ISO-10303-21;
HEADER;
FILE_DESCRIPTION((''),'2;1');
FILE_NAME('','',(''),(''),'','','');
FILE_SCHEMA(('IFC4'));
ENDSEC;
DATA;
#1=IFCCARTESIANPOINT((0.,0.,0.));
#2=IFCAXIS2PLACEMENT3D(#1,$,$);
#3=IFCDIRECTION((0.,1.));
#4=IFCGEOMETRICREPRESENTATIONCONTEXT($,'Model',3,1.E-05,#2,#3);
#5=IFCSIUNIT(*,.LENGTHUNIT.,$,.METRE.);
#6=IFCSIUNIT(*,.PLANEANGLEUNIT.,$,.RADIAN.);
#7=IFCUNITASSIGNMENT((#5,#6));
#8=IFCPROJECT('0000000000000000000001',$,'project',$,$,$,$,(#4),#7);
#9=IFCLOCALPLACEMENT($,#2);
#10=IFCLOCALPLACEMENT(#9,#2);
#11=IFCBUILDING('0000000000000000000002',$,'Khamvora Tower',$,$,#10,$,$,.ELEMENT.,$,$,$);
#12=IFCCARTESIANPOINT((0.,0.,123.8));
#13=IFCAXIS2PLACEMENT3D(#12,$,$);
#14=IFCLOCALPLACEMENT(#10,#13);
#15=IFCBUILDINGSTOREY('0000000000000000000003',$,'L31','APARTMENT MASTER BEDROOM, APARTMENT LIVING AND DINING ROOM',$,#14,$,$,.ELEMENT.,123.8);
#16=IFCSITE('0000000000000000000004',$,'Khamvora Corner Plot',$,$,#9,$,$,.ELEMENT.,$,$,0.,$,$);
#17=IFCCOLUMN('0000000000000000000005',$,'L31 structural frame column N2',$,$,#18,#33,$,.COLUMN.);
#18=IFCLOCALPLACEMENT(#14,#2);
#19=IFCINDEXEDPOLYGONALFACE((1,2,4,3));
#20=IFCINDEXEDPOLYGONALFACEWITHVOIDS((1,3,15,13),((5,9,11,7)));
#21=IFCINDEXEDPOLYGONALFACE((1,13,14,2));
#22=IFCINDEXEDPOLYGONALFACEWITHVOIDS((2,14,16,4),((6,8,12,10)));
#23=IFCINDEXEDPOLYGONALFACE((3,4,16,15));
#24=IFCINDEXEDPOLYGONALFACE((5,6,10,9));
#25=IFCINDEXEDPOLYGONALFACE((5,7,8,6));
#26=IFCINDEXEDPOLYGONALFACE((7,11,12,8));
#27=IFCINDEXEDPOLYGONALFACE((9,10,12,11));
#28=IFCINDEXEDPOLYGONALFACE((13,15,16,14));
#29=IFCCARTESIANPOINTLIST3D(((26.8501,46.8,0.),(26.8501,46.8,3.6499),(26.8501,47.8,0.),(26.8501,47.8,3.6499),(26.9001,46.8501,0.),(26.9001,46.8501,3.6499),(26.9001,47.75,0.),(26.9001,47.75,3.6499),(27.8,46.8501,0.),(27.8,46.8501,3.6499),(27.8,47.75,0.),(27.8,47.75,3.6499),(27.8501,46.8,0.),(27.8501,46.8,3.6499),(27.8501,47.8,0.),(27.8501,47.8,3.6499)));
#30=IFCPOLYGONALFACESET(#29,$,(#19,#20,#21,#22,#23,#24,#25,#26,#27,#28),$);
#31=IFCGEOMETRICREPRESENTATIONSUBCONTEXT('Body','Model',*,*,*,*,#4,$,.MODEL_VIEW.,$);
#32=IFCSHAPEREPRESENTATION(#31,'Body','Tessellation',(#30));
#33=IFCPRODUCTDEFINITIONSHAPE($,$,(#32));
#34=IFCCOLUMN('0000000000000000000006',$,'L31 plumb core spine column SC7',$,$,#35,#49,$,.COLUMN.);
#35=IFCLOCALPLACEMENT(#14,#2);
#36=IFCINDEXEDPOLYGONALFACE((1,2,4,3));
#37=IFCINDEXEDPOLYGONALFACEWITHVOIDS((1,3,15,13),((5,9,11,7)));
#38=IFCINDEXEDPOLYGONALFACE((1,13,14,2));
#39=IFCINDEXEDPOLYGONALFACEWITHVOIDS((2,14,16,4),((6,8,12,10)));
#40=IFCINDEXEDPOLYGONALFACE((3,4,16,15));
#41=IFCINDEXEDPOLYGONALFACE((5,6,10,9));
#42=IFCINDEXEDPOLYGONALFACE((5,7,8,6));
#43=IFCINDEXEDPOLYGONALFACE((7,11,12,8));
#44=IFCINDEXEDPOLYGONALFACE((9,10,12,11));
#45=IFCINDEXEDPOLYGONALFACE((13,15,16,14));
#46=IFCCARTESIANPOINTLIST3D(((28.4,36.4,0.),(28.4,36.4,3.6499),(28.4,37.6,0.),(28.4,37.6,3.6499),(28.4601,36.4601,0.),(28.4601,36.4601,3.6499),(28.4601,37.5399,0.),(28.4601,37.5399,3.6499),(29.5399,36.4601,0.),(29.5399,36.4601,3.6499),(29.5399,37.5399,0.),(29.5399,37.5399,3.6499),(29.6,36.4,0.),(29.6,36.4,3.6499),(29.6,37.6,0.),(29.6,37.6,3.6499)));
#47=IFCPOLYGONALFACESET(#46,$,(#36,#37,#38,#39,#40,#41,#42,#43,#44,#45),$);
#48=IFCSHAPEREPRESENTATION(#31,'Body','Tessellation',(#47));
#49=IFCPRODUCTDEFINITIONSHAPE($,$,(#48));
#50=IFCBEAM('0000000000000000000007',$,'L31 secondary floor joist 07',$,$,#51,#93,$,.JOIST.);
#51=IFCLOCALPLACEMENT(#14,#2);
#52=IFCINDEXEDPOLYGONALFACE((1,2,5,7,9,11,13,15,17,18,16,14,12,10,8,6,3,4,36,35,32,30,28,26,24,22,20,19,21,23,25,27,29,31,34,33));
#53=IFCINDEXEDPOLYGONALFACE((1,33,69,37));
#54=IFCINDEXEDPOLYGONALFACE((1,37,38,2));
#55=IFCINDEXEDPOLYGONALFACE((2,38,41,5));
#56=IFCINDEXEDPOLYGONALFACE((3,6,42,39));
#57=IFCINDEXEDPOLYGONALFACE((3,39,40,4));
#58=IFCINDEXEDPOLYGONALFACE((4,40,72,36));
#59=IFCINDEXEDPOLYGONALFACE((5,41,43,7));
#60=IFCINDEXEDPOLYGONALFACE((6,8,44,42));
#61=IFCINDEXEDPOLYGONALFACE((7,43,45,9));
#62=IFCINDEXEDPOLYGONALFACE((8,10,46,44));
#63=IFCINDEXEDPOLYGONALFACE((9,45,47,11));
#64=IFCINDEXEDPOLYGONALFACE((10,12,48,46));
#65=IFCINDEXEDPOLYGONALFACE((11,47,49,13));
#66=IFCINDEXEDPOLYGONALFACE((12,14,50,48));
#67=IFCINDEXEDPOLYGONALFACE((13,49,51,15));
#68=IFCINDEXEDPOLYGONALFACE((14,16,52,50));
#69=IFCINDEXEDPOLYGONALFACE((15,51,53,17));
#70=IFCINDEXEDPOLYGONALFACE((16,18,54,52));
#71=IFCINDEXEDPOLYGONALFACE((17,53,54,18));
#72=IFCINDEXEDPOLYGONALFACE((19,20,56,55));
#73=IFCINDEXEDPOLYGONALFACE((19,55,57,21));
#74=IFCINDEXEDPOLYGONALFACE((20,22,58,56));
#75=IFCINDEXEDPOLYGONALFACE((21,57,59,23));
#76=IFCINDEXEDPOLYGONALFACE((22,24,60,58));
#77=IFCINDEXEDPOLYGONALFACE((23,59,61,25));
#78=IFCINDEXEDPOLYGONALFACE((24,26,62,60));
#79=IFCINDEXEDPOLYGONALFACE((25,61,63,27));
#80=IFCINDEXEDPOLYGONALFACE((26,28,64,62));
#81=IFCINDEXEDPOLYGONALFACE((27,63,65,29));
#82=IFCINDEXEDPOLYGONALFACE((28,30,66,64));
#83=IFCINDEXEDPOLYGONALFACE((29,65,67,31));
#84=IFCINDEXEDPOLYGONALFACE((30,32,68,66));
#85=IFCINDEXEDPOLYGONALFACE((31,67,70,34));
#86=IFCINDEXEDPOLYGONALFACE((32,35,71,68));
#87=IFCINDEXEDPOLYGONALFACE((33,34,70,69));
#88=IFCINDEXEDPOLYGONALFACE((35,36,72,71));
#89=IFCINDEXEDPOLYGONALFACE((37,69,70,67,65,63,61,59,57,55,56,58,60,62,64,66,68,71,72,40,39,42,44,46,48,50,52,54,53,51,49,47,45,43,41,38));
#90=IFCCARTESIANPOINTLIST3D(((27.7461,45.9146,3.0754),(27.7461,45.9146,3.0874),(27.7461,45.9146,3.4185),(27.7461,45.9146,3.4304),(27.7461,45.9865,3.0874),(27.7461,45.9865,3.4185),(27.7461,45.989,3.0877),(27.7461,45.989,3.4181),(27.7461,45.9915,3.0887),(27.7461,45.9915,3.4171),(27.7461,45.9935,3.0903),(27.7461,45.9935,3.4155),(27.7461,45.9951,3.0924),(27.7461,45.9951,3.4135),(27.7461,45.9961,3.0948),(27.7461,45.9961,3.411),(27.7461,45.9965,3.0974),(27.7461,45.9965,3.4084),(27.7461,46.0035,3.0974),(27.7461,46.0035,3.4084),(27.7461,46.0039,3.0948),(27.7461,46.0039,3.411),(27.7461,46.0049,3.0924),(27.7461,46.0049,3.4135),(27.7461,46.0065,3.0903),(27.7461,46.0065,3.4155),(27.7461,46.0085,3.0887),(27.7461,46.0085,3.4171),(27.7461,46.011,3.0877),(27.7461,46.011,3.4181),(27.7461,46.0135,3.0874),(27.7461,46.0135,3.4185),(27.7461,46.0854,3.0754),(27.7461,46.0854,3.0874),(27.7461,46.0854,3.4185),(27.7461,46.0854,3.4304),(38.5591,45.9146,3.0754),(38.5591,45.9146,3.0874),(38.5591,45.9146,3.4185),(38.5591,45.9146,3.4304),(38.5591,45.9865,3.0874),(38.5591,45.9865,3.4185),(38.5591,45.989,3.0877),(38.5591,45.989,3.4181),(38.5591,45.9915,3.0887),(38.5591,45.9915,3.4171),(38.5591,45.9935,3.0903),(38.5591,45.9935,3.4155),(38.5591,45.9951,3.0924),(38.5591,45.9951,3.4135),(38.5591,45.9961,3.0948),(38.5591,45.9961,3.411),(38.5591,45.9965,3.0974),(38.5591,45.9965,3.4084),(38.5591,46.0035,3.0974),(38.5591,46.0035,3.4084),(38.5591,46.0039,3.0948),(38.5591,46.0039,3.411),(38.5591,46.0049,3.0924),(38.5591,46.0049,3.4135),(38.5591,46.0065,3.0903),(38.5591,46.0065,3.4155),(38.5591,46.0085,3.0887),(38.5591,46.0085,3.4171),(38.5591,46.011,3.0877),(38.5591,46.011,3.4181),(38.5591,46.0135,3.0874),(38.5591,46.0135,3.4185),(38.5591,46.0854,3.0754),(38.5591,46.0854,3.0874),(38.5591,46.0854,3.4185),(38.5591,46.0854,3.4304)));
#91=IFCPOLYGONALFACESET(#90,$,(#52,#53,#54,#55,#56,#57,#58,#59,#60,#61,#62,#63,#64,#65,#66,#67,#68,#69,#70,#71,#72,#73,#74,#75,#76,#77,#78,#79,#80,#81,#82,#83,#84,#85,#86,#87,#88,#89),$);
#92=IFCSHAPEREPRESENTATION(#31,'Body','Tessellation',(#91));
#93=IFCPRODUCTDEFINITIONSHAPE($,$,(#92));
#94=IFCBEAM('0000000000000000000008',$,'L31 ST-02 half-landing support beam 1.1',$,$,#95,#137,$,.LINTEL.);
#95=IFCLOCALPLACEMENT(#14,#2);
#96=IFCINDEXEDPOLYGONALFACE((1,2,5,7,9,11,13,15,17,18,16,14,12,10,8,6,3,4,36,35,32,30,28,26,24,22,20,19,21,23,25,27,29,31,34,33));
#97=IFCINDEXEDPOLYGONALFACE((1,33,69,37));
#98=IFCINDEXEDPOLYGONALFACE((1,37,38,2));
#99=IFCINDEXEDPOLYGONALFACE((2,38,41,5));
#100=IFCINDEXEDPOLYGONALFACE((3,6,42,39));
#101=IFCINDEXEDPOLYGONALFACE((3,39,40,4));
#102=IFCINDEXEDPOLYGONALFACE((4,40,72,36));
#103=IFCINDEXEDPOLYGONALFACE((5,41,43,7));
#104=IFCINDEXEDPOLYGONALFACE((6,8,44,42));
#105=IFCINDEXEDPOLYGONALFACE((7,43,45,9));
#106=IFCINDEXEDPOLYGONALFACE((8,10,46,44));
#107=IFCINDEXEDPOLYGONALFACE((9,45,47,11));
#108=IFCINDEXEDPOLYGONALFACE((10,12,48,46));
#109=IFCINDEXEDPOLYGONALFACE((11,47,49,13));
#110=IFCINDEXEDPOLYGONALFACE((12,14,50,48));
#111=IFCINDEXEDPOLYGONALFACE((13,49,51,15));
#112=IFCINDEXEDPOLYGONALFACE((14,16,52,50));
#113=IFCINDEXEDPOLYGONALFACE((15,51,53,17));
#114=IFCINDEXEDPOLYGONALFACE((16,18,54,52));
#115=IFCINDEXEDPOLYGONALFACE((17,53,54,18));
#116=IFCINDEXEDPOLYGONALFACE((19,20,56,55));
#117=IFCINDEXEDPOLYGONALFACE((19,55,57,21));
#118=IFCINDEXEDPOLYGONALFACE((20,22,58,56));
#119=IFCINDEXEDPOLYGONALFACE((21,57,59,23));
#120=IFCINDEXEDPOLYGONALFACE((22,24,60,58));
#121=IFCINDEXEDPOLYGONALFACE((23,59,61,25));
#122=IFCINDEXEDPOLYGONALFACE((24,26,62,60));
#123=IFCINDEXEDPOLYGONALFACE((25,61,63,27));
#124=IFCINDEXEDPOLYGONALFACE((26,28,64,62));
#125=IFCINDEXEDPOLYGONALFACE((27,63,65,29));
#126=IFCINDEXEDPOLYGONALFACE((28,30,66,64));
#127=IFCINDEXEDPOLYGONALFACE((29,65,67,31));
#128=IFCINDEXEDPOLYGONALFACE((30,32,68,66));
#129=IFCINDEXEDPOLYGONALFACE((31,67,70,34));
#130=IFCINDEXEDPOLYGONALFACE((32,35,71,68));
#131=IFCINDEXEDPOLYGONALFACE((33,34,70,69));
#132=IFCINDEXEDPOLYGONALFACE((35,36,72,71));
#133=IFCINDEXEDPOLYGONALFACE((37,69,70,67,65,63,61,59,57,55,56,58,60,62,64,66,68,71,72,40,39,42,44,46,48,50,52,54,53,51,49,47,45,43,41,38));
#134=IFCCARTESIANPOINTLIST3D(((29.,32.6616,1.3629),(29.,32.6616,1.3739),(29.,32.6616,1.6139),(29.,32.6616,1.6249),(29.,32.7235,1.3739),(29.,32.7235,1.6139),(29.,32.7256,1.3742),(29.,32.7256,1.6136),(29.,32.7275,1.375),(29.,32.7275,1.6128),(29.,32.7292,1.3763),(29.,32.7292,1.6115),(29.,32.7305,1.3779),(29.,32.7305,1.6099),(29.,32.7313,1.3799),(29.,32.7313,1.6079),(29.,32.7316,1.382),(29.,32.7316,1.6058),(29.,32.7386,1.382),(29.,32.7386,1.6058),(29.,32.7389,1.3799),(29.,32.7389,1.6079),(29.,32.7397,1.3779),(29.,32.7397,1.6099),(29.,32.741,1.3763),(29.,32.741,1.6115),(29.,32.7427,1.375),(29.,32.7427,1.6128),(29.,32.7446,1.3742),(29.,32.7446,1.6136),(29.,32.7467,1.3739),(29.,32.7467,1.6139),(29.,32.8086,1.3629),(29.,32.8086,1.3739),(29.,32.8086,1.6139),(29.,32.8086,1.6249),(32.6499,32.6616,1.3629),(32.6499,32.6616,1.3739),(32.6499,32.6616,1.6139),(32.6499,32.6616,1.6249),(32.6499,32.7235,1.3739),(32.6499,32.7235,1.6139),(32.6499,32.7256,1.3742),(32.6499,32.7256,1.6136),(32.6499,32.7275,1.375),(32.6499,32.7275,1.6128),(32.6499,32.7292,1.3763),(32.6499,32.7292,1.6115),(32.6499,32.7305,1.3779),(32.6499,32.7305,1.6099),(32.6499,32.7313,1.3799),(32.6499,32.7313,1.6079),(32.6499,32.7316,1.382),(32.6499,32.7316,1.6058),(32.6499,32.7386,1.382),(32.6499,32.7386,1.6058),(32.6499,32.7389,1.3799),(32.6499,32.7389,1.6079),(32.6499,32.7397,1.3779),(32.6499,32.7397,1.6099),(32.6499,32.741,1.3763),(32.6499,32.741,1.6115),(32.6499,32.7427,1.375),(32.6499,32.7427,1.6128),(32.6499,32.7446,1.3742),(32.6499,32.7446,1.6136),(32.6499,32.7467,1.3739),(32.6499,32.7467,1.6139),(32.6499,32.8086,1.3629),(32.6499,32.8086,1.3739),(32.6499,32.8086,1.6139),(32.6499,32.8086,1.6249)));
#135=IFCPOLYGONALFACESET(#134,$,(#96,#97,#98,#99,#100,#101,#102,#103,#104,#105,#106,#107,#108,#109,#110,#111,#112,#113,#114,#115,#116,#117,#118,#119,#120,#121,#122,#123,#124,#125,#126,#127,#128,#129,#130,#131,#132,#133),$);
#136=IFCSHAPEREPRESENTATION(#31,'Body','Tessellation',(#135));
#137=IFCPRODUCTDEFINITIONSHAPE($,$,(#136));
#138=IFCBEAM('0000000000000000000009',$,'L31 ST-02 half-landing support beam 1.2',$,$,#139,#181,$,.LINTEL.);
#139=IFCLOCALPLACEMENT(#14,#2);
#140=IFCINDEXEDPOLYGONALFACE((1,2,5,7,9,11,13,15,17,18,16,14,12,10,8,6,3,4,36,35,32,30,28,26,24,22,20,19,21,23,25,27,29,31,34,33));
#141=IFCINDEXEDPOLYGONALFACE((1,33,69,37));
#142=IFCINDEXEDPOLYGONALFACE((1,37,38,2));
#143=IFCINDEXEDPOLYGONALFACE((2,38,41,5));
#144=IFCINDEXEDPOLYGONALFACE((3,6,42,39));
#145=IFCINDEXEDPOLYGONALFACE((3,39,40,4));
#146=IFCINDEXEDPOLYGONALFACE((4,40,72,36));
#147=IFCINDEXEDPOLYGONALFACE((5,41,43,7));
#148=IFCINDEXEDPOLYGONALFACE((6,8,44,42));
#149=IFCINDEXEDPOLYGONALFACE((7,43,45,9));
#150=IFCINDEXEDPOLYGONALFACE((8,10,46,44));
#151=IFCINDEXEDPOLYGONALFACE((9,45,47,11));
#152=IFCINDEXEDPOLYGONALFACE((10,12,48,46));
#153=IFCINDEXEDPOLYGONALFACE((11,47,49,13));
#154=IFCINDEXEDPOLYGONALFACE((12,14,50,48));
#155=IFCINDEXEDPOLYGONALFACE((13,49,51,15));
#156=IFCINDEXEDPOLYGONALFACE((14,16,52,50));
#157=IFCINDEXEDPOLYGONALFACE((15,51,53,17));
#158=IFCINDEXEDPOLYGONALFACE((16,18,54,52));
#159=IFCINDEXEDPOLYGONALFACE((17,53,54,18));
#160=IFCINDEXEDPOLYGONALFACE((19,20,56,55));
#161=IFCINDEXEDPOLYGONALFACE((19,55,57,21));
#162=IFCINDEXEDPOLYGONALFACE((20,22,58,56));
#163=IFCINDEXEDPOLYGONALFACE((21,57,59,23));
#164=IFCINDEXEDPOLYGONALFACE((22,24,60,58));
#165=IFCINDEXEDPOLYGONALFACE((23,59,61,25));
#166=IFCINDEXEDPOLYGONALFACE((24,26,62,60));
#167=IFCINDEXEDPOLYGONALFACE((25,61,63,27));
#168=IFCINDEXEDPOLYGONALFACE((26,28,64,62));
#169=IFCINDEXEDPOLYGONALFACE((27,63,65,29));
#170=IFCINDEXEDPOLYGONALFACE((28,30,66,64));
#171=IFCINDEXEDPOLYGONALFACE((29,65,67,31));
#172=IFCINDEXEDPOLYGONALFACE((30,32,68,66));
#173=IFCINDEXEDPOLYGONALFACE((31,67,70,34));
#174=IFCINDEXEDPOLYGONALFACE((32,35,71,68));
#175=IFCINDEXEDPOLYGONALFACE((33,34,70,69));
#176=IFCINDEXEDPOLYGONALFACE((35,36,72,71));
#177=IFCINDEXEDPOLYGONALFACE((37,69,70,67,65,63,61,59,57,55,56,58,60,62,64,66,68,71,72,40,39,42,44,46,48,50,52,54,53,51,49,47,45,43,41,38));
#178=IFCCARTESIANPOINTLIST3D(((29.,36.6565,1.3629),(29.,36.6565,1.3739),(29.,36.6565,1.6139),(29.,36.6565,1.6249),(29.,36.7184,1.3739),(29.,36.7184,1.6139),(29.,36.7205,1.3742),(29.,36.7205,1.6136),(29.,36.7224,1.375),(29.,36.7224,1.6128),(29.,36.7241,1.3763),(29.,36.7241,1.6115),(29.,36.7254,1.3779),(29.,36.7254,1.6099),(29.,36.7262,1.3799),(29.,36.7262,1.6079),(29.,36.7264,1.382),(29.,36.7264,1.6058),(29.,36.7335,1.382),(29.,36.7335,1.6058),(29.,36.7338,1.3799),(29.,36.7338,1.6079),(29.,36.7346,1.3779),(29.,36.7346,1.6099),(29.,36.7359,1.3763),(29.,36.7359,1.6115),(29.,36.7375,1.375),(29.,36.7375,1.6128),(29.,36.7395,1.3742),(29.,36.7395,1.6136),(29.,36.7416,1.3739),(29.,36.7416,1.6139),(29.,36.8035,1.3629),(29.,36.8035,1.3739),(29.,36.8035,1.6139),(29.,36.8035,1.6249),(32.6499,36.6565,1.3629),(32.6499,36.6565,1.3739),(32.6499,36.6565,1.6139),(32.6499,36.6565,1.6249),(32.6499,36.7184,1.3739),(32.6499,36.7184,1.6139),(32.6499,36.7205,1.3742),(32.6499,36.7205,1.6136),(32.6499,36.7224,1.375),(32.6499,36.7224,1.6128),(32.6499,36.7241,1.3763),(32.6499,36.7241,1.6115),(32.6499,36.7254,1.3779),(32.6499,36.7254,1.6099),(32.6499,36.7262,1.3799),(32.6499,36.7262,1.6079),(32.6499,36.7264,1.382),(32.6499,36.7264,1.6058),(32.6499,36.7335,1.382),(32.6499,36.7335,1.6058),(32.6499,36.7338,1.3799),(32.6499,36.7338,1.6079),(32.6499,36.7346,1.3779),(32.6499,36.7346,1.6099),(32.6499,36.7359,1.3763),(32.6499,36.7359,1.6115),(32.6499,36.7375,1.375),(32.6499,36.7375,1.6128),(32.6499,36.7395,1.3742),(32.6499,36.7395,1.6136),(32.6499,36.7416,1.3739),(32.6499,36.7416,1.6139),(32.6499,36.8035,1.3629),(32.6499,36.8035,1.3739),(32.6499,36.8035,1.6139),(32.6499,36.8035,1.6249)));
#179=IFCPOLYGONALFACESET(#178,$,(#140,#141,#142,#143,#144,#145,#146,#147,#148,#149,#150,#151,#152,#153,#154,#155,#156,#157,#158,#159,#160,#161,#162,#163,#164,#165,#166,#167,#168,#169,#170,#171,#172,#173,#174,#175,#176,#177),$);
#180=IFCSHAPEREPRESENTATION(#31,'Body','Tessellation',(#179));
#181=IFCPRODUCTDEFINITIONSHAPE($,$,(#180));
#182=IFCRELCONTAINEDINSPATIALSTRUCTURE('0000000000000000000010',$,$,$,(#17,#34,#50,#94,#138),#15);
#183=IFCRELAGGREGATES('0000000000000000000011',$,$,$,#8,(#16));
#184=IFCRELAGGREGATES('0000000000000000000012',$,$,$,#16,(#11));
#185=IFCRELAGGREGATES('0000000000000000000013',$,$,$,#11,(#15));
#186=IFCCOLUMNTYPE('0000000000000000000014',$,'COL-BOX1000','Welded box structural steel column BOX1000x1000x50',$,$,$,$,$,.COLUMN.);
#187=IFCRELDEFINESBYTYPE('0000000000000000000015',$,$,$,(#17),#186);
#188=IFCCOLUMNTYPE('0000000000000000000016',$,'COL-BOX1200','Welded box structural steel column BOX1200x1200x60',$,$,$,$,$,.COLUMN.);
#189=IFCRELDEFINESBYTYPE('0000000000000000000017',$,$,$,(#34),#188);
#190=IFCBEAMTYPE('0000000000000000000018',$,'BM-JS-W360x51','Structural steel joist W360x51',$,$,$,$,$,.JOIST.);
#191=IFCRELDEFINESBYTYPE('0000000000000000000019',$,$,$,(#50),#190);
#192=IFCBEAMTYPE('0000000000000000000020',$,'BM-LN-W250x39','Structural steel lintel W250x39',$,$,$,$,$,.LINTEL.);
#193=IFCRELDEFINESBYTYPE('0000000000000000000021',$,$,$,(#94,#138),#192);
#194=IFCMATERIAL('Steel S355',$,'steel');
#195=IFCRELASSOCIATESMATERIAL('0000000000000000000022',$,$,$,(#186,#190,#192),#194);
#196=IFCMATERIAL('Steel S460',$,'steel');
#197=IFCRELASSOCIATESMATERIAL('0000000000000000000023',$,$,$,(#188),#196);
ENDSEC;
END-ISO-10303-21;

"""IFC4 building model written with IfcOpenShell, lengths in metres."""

from ifc_helpers import new_model, si_unit, direction, frame, origin, origin_2d, place, context, subcontext, project, spatial, hollow_rectangle, i_section, extrude, material, material_profile, profile_set, type_object, element, save


model = new_model("IFC4")

# Units and contexts
model_context = context("Model", 3, precision=1e-05, world=origin(), true_north=direction((0.0, 1.0)))
body_context = subcontext(model_context, "Body", "Model", "MODEL_VIEW")
ifc_project = project(units=[si_unit("LENGTHUNIT", "METRE"), si_unit("PLANEANGLEUNIT", "RADIAN")], contexts=[model_context])

# Site, building, storey
site_placement = place(None, origin())
site = spatial("IfcSite", under=ifc_project, at=site_placement, Name="Khamvora Corner Plot", CompositionType="ELEMENT", RefElevation=0.0)
building_placement = place(site_placement, origin())
building = spatial("IfcBuilding", under=site, at=building_placement, Name="Khamvora Tower", CompositionType="ELEMENT")
storey_placement = place(building_placement, frame((0.0, 0.0, 123.8)))
storey = spatial("IfcBuildingStorey", under=building, at=storey_placement, Name="L31", Description="APARTMENT MASTER BEDROOM, APARTMENT LIVING AND DINING ROOM", CompositionType="ELEMENT", Elevation=123.8)

# Columns
ifc_material_1 = material(Name="Steel S355", Category="steel")
ifc_material_profile_1 = material_profile(ifc_material_1, hollow_rectangle(XDim=1.0, YDim=1.0, WallThickness=0.05, at=origin_2d()), Name="BOX1000x1000x50")
ifc_profile_set_1 = profile_set([ifc_material_profile_1], Name="Steel S355")
column_type_1 = type_object("IfcColumnType", Name="COL-BOX1000", Description="Welded box structural steel column BOX1000x1000x50", PredefinedType="COLUMN", material=ifc_profile_set_1)
column_1_placement = place(storey_placement, frame((27.3501, 47.3, 0.0), z_axis=(0.0, 0.0, 1.0), x_axis=(1.0, 0.0, 0.0)))
element("IfcColumn", 1, at=column_1_placement, inside=storey, type_object=column_type_1, Name="L31 structural frame column N2", PredefinedType="COLUMN", context=body_context, shape_type="SweptSolid", body=[
    extrude(hollow_rectangle(XDim=1.0, YDim=1.0, WallThickness=0.05, at=origin_2d()), origin(), (0.0, 0.0, 1.0), 3.6499),
])
ifc_material_2 = material(Name="Steel S460", Category="steel")
ifc_material_profile_2 = material_profile(ifc_material_2, hollow_rectangle(XDim=1.2, YDim=1.2, WallThickness=0.0601, at=origin_2d()), Name="BOX1200x1200x60")
ifc_profile_set_2 = profile_set([ifc_material_profile_2], Name="Steel S460")
column_type_2 = type_object("IfcColumnType", Name="COL-BOX1200", Description="Welded box structural steel column BOX1200x1200x60", PredefinedType="COLUMN", material=ifc_profile_set_2)
column_2_placement = place(storey_placement, frame((29.0, 37.0, 0.0), z_axis=(0.0, 0.0, 1.0), x_axis=(1.0, 0.0, 0.0)))
element("IfcColumn", 2, at=column_2_placement, inside=storey, type_object=column_type_2, Name="L31 plumb core spine column SC7", PredefinedType="COLUMN", context=body_context, shape_type="SweptSolid", body=[
    extrude(hollow_rectangle(XDim=1.2, YDim=1.2, WallThickness=0.0601, at=origin_2d()), origin(), (0.0, 0.0, 1.0), 3.6499),
])

# Beams
ifc_material_profile_3 = material_profile(ifc_material_1, i_section(OverallWidth=0.1709, OverallDepth=0.355, WebThickness=0.0071, FlangeThickness=0.012, FilletRadius=0.01, at=origin_2d()), Name="W360x51")
ifc_profile_set_3 = profile_set([ifc_material_profile_3], Name="Steel S355")
beam_type_1 = type_object("IfcBeamType", Name="BM-JS-W360x51", Description="Structural steel joist W360x51", PredefinedType="JOIST", material=ifc_profile_set_3)
beam_1_placement = place(storey_placement, frame((27.7461, 46.0, 3.2529), z_axis=(1.0, 0.0, 0.0), x_axis=(0.0, 1.0, 0.0)))
element("IfcBeam", 3, at=beam_1_placement, inside=storey, type_object=beam_type_1, Name="L31 secondary floor joist 07", PredefinedType="JOIST", context=body_context, shape_type="SweptSolid", body=[
    extrude(i_section(OverallWidth=0.1709, OverallDepth=0.355, WebThickness=0.0071, FlangeThickness=0.012, FilletRadius=0.01, at=origin_2d()), origin(), (0.0, 0.0, 1.0), 10.813),
])
ifc_material_profile_4 = material_profile(ifc_material_1, i_section(OverallWidth=0.147, OverallDepth=0.262, WebThickness=0.0071, FlangeThickness=0.011, FilletRadius=0.0081, at=origin_2d()), Name="W250x39")
ifc_profile_set_4 = profile_set([ifc_material_profile_4], Name="Steel S355")
beam_type_2 = type_object("IfcBeamType", Name="BM-LN-W250x39", Description="Structural steel lintel W250x39", PredefinedType="LINTEL", material=ifc_profile_set_4)
for number, where, z_axis, x_axis, name in (
    (4, (29.0, 32.7351, 1.4939), (1.0, 0.0, 0.0), (0.0, 1.0, 0.0), "L31 ST-02 half-landing support beam 1.1"),
    (5, (29.0, 36.73, 1.4939), (1.0, 0.0, 0.0), (0.0, 1.0, 0.0), "L31 ST-02 half-landing support beam 1.2"),
):
    element("IfcBeam", number, at=place(storey_placement, frame(where, z_axis=z_axis, x_axis=x_axis)), inside=storey, type_object=beam_type_2, Name=name, PredefinedType="LINTEL", context=body_context, shape_type="SweptSolid", body=[
        extrude(i_section(OverallWidth=0.147, OverallDepth=0.262, WebThickness=0.0071, FlangeThickness=0.011, FilletRadius=0.0081, at=origin_2d()), origin(), (0.0, 0.0, 1.0), 3.6499),
    ])

save(model, "model.ifc")
